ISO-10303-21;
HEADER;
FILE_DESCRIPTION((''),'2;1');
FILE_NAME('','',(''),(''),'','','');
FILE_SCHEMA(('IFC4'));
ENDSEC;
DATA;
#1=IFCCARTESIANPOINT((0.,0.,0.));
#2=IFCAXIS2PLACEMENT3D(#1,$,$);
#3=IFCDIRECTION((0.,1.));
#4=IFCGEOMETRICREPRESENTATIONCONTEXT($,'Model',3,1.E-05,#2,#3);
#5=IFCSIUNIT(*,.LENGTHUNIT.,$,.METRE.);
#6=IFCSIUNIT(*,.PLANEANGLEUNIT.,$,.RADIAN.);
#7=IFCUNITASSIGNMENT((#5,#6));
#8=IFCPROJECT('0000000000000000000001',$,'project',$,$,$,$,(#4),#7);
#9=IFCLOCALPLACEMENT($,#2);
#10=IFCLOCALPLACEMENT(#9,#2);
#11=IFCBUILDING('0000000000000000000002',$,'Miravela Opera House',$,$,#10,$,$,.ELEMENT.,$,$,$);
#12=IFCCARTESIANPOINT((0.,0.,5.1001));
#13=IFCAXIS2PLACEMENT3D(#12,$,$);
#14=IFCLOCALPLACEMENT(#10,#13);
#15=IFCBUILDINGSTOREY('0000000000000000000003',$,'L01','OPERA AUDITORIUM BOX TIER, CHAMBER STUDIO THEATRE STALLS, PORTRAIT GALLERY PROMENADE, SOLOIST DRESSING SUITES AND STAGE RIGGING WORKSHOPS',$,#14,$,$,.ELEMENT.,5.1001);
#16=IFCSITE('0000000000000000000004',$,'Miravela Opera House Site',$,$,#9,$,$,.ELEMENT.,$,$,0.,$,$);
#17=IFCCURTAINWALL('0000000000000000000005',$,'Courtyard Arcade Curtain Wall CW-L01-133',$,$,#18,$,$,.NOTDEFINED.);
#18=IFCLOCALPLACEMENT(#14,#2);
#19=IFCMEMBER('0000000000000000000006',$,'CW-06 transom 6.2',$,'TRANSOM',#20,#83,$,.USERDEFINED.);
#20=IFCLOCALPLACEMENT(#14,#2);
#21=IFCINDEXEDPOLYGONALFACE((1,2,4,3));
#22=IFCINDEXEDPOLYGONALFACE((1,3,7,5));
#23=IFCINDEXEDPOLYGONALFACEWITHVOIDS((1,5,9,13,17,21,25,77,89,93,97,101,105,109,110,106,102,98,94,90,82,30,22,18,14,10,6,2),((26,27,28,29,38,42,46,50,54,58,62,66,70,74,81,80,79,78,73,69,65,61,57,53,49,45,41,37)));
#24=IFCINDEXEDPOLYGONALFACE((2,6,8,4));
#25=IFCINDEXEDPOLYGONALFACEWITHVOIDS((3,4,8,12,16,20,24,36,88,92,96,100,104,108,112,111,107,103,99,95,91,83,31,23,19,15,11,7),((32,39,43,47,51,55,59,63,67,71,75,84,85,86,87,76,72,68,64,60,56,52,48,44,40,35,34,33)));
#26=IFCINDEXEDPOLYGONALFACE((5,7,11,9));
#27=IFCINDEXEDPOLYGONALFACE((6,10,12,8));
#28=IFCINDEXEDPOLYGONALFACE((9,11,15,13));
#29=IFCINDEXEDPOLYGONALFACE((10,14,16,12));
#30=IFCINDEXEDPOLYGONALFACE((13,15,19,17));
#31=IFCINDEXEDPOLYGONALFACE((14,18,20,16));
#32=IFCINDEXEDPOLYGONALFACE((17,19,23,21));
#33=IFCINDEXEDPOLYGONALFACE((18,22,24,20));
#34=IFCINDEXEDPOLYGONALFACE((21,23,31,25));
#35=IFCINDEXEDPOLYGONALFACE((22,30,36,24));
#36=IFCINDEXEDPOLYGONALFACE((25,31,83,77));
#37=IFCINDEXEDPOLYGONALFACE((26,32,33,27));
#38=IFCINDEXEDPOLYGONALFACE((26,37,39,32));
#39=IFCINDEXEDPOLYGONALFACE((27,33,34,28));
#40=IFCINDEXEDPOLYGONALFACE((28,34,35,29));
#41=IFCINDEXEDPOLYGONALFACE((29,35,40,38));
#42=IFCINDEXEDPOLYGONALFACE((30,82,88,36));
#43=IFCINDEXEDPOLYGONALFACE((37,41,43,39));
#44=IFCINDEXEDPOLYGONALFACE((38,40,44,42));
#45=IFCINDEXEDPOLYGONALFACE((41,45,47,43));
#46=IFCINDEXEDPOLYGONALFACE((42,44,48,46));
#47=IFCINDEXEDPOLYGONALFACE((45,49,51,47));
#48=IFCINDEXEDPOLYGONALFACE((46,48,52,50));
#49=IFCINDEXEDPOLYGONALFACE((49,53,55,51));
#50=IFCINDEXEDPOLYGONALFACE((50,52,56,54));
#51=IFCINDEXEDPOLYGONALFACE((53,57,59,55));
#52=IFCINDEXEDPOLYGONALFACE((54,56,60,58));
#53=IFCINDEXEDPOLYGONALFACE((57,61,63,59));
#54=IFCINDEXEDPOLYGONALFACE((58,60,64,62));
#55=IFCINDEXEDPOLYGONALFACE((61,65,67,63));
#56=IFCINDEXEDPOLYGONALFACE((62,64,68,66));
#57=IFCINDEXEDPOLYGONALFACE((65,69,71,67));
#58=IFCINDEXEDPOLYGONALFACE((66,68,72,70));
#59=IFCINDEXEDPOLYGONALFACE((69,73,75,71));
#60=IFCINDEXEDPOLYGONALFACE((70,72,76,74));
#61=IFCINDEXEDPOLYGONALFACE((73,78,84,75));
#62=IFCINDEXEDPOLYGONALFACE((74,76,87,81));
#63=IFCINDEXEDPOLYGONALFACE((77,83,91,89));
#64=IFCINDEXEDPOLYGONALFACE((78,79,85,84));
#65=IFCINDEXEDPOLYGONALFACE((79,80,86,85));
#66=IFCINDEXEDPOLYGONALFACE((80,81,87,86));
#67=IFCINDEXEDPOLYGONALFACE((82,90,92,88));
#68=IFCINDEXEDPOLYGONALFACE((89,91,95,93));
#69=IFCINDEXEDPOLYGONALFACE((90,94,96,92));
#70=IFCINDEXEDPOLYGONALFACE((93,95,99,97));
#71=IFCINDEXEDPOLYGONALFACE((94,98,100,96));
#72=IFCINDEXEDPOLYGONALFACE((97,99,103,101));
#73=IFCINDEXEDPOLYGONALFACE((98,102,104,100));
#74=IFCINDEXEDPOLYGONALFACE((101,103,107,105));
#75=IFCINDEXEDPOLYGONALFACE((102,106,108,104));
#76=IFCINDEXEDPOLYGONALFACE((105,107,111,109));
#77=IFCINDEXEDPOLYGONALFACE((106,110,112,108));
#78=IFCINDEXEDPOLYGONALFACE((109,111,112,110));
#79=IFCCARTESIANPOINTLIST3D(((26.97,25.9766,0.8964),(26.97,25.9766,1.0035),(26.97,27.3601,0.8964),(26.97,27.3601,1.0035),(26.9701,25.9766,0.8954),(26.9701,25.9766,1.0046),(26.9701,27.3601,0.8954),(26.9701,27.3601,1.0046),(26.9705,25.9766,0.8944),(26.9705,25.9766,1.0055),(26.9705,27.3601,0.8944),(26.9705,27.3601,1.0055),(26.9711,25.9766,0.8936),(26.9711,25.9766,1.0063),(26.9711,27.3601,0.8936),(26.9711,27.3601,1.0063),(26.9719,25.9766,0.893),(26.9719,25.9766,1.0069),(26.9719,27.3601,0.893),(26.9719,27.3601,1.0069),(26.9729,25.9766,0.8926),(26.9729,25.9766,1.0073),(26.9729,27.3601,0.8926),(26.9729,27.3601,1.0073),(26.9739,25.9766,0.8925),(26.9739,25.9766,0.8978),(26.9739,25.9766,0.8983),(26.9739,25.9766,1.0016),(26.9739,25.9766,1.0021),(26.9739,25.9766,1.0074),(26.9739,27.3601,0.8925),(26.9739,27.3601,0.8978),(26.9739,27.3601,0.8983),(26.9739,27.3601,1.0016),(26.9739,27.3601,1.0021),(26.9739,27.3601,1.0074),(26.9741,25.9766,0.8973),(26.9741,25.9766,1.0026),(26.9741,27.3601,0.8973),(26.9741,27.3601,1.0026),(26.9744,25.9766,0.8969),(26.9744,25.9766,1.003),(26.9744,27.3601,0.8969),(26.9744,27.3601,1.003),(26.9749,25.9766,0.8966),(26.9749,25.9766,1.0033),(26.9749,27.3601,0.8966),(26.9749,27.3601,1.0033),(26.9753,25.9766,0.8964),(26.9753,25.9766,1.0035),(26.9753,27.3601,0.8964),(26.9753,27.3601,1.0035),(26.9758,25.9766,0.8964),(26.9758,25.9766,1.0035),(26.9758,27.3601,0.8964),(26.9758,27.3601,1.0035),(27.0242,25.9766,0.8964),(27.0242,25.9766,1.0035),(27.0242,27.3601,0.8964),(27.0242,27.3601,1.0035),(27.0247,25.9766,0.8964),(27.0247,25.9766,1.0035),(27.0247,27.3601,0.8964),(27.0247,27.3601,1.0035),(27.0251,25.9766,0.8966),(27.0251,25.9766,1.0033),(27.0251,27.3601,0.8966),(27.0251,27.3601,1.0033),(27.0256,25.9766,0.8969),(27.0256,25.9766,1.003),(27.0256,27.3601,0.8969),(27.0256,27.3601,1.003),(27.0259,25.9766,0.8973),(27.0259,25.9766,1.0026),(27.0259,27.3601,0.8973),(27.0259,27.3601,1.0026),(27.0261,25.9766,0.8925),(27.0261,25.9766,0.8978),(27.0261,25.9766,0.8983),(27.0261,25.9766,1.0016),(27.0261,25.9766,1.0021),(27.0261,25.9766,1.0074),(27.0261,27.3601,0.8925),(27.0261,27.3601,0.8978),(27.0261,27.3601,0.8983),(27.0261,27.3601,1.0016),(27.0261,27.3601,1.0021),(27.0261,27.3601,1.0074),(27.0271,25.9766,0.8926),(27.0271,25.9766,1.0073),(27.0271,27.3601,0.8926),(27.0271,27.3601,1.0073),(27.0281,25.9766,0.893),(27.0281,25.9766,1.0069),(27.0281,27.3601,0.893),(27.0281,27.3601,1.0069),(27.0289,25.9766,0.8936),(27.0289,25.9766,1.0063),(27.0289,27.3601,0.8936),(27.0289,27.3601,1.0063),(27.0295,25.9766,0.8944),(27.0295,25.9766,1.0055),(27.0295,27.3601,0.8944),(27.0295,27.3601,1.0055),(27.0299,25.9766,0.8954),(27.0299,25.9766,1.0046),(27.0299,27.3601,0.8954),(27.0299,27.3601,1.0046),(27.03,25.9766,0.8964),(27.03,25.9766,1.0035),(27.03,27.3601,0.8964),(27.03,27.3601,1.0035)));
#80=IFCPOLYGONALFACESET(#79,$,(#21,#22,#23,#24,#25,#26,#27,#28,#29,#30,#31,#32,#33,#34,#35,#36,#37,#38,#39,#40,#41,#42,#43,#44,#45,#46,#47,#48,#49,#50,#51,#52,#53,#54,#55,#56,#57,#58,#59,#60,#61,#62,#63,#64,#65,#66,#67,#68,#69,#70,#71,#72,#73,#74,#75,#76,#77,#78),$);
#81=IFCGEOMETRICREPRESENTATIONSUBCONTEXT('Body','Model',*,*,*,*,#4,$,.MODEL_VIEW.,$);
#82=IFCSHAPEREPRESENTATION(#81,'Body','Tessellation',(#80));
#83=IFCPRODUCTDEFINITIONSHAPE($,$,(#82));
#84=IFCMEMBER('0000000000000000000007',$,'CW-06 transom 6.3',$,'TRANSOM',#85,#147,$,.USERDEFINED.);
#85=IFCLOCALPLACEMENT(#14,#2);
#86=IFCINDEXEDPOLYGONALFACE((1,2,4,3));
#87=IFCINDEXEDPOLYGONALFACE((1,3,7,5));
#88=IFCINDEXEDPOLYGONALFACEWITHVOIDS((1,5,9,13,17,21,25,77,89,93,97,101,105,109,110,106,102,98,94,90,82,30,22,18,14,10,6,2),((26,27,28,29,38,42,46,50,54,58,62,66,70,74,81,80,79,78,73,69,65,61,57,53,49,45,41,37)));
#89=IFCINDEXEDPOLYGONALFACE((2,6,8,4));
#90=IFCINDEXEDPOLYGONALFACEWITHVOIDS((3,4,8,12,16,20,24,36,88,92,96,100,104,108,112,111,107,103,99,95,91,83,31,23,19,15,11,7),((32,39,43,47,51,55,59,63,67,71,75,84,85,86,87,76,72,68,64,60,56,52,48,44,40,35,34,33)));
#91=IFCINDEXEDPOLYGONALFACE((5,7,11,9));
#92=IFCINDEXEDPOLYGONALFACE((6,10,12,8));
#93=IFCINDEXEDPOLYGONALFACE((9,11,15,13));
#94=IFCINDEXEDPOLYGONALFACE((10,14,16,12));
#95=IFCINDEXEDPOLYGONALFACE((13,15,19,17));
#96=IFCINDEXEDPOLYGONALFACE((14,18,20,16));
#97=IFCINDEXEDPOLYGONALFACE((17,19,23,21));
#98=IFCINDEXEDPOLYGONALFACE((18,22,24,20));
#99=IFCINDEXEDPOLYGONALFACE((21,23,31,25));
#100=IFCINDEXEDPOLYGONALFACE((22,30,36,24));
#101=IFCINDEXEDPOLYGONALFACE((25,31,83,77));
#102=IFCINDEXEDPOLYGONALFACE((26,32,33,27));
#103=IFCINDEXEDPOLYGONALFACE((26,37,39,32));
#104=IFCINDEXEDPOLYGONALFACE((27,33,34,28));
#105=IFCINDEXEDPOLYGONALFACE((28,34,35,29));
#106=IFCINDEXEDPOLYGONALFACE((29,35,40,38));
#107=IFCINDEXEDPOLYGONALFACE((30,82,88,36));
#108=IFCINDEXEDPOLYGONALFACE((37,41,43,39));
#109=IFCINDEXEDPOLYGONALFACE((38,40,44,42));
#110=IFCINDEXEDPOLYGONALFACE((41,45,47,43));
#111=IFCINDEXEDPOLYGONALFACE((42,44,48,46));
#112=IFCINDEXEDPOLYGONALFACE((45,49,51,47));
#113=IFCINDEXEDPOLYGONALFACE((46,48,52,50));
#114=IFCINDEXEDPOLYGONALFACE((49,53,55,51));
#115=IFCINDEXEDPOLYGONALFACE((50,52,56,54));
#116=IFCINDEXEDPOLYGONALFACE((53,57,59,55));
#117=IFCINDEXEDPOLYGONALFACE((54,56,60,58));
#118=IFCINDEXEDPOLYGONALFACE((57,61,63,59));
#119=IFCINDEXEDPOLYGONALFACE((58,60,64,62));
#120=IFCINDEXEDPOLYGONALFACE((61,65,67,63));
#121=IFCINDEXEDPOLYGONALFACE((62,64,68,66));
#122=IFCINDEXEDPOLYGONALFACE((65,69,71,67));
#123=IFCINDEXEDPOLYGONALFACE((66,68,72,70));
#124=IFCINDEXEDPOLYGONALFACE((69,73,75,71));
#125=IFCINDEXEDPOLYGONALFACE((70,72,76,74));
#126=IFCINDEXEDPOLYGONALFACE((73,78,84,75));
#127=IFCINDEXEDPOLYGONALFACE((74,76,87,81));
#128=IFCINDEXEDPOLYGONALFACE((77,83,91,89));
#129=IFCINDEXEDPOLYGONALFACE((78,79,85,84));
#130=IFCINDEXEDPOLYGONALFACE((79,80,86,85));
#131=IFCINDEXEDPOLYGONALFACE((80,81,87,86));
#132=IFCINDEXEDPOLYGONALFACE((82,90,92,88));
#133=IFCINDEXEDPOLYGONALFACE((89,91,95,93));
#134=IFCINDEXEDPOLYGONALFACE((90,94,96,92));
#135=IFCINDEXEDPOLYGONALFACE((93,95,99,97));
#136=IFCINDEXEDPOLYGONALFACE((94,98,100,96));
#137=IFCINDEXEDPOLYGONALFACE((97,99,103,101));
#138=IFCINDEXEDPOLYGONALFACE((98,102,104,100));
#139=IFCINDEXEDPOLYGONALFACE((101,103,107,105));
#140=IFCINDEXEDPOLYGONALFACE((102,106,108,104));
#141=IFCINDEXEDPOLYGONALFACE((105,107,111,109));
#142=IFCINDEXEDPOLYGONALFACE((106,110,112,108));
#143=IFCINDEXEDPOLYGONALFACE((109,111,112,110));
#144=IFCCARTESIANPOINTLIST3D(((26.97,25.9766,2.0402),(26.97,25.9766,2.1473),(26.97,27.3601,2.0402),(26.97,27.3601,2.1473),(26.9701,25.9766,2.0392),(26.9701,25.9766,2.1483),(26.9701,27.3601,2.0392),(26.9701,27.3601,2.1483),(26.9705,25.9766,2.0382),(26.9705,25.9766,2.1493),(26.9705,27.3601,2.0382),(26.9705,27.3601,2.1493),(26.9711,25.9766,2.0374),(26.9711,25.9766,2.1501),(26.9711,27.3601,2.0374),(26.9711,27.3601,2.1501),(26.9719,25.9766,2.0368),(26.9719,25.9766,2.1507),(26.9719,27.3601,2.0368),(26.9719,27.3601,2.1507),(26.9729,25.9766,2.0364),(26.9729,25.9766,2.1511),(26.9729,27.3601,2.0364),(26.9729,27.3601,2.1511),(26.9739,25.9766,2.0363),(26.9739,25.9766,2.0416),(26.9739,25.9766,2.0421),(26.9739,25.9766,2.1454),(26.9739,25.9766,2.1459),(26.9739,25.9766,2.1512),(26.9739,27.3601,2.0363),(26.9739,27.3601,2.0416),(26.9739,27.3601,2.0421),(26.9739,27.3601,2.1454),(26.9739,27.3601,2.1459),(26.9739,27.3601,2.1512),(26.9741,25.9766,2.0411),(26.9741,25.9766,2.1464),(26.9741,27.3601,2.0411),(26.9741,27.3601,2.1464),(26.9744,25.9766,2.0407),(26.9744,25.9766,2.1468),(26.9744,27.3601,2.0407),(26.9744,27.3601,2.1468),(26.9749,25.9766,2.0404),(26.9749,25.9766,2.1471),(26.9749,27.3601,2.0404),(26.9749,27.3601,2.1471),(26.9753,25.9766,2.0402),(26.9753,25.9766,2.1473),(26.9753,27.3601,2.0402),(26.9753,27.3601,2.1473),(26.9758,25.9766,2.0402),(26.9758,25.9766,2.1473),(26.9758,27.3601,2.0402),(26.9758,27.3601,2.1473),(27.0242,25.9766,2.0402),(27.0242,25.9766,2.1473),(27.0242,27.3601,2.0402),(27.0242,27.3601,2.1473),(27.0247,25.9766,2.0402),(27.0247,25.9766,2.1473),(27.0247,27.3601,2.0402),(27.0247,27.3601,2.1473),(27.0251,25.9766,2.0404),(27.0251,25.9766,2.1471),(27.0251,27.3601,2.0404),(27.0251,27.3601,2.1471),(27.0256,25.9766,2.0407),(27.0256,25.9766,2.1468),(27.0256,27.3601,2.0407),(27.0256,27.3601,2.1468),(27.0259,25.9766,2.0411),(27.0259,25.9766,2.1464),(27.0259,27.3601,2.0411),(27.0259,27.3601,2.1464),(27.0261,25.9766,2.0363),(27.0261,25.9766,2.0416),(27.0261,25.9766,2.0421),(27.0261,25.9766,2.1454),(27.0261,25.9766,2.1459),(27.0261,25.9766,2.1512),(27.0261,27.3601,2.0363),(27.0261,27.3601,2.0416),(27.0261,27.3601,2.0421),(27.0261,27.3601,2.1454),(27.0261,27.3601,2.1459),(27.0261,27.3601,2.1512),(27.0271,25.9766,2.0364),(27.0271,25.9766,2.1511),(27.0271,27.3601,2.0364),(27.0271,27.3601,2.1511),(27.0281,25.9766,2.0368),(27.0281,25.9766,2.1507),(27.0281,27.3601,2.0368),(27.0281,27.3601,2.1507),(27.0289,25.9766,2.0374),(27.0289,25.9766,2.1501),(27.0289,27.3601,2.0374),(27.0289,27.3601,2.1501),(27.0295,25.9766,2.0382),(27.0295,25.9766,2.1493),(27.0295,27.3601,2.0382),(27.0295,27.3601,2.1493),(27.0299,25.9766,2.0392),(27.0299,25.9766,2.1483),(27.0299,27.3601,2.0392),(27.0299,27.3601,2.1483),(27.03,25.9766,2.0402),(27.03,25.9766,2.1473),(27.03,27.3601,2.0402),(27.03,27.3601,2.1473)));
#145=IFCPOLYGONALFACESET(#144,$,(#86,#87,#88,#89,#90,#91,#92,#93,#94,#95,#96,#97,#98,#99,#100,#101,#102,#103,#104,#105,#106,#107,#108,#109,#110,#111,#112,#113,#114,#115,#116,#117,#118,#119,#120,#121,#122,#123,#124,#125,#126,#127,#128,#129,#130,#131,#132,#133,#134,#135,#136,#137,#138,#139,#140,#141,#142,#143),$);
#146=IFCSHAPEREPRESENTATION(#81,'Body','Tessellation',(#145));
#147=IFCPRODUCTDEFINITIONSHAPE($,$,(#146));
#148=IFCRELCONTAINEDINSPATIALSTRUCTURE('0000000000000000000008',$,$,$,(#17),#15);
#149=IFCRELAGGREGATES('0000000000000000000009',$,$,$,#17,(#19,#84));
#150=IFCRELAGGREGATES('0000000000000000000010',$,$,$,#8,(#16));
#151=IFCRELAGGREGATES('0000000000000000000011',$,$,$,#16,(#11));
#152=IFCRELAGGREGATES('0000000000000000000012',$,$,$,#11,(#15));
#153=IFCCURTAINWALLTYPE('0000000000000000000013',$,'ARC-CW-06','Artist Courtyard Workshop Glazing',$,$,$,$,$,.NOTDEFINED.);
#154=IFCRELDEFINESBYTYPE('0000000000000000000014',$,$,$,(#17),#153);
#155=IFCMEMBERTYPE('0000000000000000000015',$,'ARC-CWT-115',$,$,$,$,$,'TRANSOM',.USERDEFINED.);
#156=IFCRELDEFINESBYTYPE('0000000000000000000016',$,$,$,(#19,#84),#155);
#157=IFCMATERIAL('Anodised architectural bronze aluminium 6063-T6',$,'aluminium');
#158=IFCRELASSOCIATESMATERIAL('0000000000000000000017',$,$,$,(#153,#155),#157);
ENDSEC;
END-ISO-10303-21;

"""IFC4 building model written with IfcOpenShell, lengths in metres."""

from ifc_helpers import new_model, si_unit, direction, frame, origin, origin_2d, place, context, subcontext, project, spatial, hollow_rectangle, extrude, material, material_profile, profile_set, type_object, element, aggregate, save


model = new_model("IFC4")

# Units and contexts
model_context = context("Model", 3, precision=1e-05, world=origin(), true_north=direction((0.0, 1.0)))
body_context = subcontext(model_context, "Body", "Model", "MODEL_VIEW")
ifc_project = project(units=[si_unit("LENGTHUNIT", "METRE"), si_unit("PLANEANGLEUNIT", "RADIAN")], contexts=[model_context])

# Site, building, storey
site_placement = place(None, origin())
site = spatial("IfcSite", under=ifc_project, at=site_placement, Name="Miravela Opera House Site", CompositionType="ELEMENT", RefElevation=0.0)
building_placement = place(site_placement, origin())
building = spatial("IfcBuilding", under=site, at=building_placement, Name="Miravela Opera House", CompositionType="ELEMENT")
storey_placement = place(building_placement, frame((0.0, 0.0, 5.1001)))
storey = spatial("IfcBuildingStorey", under=building, at=storey_placement, Name="L01", Description="OPERA AUDITORIUM BOX TIER, CHAMBER STUDIO THEATRE STALLS, PORTRAIT GALLERY PROMENADE, SOLOIST DRESSING SUITES AND STAGE RIGGING WORKSHOPS", CompositionType="ELEMENT", Elevation=5.1001)

# Curtain wall
ifc_material_1 = material(Name="Anodised architectural bronze aluminium 6063-T6", Category="aluminium")
curtain_wall_type_1 = type_object("IfcCurtainWallType", Name="ARC-CW-06", Description="Artist Courtyard Workshop Glazing", PredefinedType="NOTDEFINED", material=ifc_material_1)
curtain_wall_1_placement = place(storey_placement, origin())
curtain_wall_1 = element("IfcCurtainWall", 1, at=curtain_wall_1_placement, inside=storey, type_object=curtain_wall_type_1, Name="Courtyard Arcade Curtain Wall CW-L01-133", PredefinedType="NOTDEFINED")

# Members
ifc_material_profile_1 = material_profile(ifc_material_1, hollow_rectangle(XDim=0.0601, YDim=0.115, WallThickness=0.0039, InnerFilletRadius=0.002, OuterFilletRadius=0.0039, at=origin_2d()), Name="CWT-60X115")
ifc_profile_set_1 = profile_set([ifc_material_profile_1])
member_type_1 = type_object("IfcMemberType", Name="ARC-CWT-115", ElementType="TRANSOM", PredefinedType="USERDEFINED", material=ifc_profile_set_1)
member_1_placement = place(storey_placement, frame((27.0, 25.9766, 0.95), z_axis=(0.0, 1.0, 0.0), x_axis=(-1.0, 0.0, 0.0)))
member_1 = element("IfcMember", 2, at=member_1_placement, type_object=member_type_1, Name="CW-06 transom 6.2", ObjectType="TRANSOM", PredefinedType="USERDEFINED", context=body_context, shape_type="SweptSolid", body=[
    extrude(hollow_rectangle(XDim=0.0601, YDim=0.115, WallThickness=0.0039, InnerFilletRadius=0.002, OuterFilletRadius=0.0039, at=origin_2d()), origin(), (0.0, 0.0, 1.0), 1.3835),
])
member_2_placement = place(storey_placement, frame((27.0, 25.9766, 2.0938), z_axis=(0.0, 1.0, 0.0), x_axis=(-1.0, 0.0, 0.0)))
member_2 = element("IfcMember", 3, at=member_2_placement, type_object=member_type_1, Name="CW-06 transom 6.3", ObjectType="TRANSOM", PredefinedType="USERDEFINED", context=body_context, shape_type="SweptSolid", body=[
    extrude(hollow_rectangle(XDim=0.0601, YDim=0.115, WallThickness=0.0039, InnerFilletRadius=0.002, OuterFilletRadius=0.0039, at=origin_2d()), origin(), (0.0, 0.0, 1.0), 1.3835),
])

aggregate(curtain_wall_1, [member_1, member_2])

save(model, "model.ifc")
